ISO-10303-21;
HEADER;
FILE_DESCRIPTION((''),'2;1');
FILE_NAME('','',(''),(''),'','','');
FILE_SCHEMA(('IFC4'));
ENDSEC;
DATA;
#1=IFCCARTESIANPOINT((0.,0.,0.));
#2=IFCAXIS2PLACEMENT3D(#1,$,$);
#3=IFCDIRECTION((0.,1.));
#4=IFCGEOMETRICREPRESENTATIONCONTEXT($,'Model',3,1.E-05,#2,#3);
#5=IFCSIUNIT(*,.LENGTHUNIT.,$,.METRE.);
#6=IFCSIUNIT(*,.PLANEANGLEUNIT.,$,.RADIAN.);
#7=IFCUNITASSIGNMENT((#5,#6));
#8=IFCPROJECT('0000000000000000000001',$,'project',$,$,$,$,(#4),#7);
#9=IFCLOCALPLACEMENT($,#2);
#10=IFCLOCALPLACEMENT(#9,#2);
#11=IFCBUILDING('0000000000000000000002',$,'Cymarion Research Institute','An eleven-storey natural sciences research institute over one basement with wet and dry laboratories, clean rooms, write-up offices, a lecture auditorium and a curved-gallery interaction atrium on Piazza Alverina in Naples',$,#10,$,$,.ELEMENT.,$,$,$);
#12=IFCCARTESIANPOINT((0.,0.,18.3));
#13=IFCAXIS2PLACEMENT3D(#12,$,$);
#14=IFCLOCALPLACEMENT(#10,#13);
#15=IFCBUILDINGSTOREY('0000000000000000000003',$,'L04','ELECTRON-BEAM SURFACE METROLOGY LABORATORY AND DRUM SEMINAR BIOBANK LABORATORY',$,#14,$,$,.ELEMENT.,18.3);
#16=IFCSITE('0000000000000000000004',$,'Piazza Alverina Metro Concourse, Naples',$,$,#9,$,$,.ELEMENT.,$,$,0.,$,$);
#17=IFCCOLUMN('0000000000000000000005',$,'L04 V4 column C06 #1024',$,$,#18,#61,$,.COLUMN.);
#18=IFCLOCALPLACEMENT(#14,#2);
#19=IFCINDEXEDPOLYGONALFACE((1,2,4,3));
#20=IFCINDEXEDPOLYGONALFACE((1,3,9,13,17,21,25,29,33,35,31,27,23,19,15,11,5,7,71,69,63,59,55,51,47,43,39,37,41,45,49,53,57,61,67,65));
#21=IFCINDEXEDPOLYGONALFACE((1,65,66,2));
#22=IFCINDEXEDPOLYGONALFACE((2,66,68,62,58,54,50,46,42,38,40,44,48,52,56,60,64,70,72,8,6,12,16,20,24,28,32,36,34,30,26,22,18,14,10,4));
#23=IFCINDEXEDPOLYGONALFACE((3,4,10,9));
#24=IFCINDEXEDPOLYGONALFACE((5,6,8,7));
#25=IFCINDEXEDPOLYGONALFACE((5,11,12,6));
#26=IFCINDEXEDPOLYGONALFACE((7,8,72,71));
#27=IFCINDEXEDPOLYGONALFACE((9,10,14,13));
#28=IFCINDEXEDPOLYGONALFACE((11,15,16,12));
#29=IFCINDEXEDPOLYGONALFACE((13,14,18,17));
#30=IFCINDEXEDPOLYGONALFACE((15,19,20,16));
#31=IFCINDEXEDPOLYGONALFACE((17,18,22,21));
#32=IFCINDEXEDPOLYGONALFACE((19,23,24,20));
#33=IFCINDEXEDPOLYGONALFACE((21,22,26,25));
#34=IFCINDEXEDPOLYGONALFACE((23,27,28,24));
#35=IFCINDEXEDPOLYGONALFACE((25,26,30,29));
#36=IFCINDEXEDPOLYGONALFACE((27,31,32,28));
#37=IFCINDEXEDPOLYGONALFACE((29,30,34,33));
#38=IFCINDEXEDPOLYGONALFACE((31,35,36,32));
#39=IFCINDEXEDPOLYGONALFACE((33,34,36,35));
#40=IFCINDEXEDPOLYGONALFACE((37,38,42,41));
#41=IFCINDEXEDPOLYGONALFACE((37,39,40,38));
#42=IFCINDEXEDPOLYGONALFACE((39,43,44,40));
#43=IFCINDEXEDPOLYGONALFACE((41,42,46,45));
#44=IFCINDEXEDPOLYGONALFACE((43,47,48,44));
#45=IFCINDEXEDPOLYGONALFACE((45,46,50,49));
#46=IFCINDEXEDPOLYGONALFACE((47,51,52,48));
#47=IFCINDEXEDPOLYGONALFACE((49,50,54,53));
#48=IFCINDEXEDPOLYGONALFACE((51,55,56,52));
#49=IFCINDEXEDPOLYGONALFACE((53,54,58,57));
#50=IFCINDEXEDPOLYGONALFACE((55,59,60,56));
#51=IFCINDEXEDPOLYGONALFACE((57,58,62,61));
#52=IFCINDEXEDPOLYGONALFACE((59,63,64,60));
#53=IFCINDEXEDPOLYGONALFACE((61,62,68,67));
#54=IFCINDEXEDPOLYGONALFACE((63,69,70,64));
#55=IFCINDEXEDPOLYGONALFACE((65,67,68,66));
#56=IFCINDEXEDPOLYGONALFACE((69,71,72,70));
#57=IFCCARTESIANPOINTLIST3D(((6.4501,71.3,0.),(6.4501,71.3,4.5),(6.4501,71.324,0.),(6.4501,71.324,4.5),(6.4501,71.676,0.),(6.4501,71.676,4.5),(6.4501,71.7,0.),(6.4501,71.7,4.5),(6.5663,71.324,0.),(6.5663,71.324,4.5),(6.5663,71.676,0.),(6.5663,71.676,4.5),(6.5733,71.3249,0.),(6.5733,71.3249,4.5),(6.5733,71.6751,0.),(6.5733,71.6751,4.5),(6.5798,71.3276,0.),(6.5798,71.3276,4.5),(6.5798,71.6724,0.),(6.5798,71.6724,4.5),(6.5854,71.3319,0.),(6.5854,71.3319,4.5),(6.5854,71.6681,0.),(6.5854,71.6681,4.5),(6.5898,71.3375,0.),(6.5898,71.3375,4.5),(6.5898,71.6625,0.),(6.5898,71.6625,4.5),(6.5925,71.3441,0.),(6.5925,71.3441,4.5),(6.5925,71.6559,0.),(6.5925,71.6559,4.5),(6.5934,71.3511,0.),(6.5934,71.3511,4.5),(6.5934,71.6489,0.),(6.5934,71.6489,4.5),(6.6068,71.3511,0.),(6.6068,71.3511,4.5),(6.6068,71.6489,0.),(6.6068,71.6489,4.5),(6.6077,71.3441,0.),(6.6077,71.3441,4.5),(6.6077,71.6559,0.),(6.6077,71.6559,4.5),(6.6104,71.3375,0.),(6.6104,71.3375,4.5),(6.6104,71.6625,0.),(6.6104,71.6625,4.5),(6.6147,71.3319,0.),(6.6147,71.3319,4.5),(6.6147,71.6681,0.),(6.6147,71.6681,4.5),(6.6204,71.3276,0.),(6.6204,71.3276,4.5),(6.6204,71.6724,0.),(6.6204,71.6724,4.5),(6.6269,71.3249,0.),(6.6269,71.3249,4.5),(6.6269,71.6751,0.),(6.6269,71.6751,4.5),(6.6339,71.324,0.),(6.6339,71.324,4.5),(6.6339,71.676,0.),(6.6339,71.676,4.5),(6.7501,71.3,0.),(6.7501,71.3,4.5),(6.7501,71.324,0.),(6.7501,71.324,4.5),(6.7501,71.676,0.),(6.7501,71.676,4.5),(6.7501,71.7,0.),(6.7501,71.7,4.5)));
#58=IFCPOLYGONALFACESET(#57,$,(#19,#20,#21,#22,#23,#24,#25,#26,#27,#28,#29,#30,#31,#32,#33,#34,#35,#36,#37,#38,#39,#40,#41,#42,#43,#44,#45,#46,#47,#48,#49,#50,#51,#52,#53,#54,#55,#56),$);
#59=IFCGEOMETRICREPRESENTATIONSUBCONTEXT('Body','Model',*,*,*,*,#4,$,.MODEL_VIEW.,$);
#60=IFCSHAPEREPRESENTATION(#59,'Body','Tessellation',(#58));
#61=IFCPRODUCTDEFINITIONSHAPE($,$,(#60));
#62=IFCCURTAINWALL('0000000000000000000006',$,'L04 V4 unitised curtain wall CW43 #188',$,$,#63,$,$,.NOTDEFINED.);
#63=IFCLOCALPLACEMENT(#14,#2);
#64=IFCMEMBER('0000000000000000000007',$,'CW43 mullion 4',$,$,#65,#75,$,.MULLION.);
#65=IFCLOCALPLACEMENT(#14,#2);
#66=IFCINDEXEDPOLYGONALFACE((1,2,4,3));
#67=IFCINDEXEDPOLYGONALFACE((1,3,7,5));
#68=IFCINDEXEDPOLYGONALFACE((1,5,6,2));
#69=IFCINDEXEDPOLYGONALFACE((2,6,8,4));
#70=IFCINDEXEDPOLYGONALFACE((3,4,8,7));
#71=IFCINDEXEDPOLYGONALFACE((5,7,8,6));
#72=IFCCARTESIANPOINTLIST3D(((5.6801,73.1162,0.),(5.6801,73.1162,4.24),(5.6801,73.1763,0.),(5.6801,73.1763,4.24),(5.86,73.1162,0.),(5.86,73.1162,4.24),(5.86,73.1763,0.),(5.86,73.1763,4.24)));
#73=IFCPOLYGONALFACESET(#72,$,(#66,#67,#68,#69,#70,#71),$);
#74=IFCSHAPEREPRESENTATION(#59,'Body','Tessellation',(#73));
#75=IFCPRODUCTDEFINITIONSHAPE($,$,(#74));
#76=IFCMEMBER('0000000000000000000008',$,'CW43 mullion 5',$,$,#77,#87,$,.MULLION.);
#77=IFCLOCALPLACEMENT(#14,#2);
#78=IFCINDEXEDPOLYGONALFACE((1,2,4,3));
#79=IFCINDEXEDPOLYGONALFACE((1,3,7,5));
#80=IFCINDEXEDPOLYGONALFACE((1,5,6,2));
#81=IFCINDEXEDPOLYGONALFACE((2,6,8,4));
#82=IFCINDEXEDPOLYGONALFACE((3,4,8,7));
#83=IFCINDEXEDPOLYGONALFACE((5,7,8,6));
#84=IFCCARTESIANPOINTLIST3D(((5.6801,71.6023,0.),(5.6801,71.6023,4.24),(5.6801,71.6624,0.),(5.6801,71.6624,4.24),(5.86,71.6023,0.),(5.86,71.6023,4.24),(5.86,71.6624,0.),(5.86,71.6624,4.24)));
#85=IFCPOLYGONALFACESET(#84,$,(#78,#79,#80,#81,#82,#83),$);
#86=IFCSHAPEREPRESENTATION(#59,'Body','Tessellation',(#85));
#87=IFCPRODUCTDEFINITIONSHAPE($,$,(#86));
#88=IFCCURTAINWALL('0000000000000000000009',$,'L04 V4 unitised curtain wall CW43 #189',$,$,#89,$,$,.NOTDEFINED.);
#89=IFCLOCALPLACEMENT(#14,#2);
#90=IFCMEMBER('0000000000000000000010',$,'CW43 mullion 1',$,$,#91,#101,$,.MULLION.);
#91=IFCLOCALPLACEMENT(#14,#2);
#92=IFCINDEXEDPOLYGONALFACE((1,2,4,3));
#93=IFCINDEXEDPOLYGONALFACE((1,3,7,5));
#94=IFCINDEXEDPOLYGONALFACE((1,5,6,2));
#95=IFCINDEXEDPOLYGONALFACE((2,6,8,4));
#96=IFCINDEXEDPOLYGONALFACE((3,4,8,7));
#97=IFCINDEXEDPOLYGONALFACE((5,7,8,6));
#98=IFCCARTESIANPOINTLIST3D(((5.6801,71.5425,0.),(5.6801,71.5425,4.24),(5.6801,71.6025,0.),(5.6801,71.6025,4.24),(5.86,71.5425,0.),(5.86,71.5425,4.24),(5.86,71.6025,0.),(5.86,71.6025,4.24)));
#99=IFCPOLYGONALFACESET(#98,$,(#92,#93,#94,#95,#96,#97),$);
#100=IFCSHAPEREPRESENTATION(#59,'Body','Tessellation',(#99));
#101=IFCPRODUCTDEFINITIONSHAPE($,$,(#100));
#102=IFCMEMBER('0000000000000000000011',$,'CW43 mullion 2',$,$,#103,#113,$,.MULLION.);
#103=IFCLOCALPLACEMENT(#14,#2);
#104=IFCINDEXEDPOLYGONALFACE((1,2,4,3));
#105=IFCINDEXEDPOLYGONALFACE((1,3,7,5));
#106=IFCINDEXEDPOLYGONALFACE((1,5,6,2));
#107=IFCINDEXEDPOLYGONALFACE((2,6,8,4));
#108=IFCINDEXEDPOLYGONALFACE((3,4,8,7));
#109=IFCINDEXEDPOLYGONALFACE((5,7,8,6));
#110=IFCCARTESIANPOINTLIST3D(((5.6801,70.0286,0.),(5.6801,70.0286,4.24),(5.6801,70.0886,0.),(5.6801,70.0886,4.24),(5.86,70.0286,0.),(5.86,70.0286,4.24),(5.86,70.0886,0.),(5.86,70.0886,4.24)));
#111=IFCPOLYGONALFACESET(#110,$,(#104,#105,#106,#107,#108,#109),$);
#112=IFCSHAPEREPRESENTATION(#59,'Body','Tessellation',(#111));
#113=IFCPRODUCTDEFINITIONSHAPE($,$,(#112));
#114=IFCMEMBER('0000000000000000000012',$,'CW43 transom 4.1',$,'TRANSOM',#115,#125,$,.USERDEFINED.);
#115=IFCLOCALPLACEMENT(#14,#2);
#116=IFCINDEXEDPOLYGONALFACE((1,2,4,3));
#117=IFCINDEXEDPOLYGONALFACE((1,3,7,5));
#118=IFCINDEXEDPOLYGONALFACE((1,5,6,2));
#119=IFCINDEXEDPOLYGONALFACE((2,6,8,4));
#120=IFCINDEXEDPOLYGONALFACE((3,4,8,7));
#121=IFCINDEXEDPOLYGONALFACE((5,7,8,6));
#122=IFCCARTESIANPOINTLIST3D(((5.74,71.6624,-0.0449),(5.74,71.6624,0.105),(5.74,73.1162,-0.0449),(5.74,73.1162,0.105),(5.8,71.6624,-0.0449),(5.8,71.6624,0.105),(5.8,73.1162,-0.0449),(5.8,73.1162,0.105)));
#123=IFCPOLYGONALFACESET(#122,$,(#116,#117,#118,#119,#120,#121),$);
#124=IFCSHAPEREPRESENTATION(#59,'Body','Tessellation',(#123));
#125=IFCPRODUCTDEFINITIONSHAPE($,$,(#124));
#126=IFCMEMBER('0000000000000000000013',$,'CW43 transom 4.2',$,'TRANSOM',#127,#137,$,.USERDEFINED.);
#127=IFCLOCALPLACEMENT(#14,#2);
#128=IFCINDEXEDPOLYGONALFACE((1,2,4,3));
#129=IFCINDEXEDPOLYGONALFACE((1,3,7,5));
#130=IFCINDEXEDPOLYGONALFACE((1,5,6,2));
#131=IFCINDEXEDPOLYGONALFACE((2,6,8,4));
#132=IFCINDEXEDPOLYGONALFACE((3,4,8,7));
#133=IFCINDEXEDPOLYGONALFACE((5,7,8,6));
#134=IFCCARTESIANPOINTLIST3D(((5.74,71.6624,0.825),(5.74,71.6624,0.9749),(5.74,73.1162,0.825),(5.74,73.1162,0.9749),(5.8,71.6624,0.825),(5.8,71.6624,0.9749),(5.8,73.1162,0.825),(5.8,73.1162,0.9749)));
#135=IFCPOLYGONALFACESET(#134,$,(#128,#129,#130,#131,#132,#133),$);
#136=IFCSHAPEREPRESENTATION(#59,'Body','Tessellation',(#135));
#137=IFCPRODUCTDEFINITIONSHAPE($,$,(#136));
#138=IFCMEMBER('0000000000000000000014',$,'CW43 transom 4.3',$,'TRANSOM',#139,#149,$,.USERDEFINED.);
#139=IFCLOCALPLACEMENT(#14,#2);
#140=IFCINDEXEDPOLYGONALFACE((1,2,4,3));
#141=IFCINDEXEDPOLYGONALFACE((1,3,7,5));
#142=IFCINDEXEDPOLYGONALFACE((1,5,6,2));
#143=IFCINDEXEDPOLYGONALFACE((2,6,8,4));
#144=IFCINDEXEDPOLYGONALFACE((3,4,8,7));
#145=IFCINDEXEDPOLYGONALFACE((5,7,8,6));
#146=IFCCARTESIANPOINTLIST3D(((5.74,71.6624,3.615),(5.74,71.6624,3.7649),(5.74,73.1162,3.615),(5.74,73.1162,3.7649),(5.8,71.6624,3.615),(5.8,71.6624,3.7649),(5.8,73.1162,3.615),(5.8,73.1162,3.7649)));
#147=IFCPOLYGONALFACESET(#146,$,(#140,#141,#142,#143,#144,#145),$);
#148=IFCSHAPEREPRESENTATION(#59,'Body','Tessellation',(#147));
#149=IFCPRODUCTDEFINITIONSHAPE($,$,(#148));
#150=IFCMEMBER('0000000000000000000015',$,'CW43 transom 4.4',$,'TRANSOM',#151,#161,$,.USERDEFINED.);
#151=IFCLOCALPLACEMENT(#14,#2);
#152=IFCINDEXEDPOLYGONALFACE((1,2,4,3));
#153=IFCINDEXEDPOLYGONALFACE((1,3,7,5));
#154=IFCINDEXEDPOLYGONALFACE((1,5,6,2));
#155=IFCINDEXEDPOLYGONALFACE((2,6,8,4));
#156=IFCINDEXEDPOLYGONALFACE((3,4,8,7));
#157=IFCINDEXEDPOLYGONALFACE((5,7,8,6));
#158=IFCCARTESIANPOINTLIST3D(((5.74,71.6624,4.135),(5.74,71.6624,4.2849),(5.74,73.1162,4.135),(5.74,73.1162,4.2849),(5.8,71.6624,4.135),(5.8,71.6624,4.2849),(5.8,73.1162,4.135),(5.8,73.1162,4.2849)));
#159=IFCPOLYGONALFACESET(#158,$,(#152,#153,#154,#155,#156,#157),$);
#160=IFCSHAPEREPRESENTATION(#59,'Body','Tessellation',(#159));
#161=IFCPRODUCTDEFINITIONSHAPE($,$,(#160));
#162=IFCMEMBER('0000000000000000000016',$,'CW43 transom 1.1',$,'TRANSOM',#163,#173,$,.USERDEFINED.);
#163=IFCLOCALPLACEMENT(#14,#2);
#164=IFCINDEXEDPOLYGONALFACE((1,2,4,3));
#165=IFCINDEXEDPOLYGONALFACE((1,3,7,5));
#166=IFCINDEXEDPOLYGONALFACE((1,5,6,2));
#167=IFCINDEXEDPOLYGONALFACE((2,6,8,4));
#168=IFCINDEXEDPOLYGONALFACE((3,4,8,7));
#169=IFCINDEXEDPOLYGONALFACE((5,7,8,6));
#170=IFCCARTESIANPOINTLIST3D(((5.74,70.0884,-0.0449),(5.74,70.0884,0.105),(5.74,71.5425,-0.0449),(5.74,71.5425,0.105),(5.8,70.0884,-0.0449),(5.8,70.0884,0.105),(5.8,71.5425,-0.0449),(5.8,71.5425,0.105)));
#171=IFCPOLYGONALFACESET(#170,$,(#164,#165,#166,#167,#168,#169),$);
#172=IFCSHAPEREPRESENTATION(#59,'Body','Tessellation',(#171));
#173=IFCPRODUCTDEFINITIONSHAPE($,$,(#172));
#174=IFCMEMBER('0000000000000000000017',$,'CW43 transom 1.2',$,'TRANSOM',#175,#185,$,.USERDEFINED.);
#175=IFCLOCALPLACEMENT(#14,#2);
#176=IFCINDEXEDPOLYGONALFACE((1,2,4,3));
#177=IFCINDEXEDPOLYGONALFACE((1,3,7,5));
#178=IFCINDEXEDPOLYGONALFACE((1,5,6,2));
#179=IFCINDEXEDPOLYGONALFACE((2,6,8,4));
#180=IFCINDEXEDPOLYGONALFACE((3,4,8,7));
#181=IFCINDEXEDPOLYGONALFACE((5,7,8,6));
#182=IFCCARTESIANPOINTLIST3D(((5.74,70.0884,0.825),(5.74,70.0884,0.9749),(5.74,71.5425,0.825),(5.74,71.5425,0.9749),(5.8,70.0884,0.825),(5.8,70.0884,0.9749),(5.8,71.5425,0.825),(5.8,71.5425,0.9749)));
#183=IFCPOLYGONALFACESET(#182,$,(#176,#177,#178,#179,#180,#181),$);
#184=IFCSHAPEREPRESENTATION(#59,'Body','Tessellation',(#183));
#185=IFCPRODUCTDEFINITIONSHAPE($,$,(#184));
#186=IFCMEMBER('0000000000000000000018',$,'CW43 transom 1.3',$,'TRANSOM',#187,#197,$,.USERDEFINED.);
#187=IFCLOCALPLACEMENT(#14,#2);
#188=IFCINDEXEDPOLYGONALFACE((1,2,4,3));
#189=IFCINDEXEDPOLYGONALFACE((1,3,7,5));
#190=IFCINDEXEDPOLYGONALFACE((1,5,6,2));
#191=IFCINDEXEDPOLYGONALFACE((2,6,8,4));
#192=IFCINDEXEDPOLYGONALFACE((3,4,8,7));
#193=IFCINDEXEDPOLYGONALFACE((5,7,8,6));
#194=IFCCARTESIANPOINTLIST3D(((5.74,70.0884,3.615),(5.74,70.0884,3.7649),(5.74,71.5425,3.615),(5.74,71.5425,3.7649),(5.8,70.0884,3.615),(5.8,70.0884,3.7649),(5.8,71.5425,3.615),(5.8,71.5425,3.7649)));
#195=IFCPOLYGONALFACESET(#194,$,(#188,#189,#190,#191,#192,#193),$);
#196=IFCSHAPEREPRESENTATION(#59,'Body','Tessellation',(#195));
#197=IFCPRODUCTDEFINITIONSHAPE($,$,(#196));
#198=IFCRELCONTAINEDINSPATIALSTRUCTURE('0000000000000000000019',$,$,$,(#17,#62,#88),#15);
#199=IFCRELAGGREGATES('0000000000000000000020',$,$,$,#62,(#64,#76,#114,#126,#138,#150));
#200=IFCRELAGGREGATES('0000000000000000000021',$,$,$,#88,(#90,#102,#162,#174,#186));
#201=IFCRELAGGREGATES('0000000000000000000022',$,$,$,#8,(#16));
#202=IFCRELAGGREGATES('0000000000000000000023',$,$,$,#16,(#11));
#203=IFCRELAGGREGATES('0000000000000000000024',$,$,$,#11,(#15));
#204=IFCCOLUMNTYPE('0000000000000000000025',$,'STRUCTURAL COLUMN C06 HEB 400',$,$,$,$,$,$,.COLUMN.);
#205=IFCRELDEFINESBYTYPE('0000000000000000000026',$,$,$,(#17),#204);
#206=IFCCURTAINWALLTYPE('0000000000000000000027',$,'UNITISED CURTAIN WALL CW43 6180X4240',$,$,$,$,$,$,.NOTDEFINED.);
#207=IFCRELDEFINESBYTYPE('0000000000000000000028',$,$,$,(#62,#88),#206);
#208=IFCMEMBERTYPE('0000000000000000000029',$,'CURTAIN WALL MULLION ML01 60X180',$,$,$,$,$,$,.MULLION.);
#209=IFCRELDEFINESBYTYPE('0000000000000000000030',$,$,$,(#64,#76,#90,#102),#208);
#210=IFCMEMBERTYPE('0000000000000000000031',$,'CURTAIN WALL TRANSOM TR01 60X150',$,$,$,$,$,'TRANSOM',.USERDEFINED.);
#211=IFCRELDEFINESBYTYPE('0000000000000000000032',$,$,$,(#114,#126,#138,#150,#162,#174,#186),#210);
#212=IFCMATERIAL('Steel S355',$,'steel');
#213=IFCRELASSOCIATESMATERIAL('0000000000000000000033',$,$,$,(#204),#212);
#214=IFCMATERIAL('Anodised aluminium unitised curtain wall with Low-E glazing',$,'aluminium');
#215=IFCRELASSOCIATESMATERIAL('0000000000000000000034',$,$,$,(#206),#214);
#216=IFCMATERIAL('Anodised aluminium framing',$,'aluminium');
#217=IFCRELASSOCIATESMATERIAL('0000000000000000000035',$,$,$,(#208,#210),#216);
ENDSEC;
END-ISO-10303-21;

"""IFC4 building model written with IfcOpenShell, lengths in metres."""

from ifc_helpers import new_model, si_unit, direction, frame, origin, origin_2d, place, context, subcontext, project, spatial, rectangle, i_section, extrude, material, material_profile, profile_set, type_object, element, aggregate, save


model = new_model("IFC4")

# Units and contexts
model_context = context("Model", 3, precision=1e-05, world=origin(), true_north=direction((0.0, 1.0)))
body_context = subcontext(model_context, "Body", "Model", "MODEL_VIEW")
ifc_project = project(units=[si_unit("LENGTHUNIT", "METRE"), si_unit("PLANEANGLEUNIT", "RADIAN")], contexts=[model_context])

# Site, building, storey
site_placement = place(None, origin())
site = spatial("IfcSite", under=ifc_project, at=site_placement, Name="Piazza Alverina Metro Concourse, Naples", CompositionType="ELEMENT", RefElevation=0.0)
building_placement = place(site_placement, origin())
building = spatial("IfcBuilding", under=site, at=building_placement, Name="Cymarion Research Institute", Description="An eleven-storey natural sciences research institute over one basement with wet and dry laboratories, clean rooms, write-up offices, a lecture auditorium and a curved-gallery interaction atrium on Piazza Alverina in Naples", CompositionType="ELEMENT")
storey_placement = place(building_placement, frame((0.0, 0.0, 18.3)))
storey = spatial("IfcBuildingStorey", under=building, at=storey_placement, Name="L04", Description="ELECTRON-BEAM SURFACE METROLOGY LABORATORY AND DRUM SEMINAR BIOBANK LABORATORY", CompositionType="ELEMENT", Elevation=18.3)

# Column
ifc_material_1 = material(Name="Steel S355", Category="steel")
ifc_material_profile_1 = material_profile(ifc_material_1, i_section(OverallWidth=0.3, OverallDepth=0.3999, WebThickness=0.0134, FlangeThickness=0.0239, FilletRadius=0.0271, at=origin_2d()), Name="HEB 400")
ifc_profile_set_1 = profile_set([ifc_material_profile_1], Name="Steel S355")
column_type = type_object("IfcColumnType", Name="STRUCTURAL COLUMN C06 HEB 400", PredefinedType="COLUMN", material=ifc_profile_set_1)
column_placement = place(storey_placement, frame((6.6001, 71.5, 0.0), z_axis=(0.0, 0.0, 1.0), x_axis=(1.0, 0.0, 0.0)))
element("IfcColumn", 1, at=column_placement, inside=storey, type_object=column_type, Name="L04 V4 column C06 #1024", PredefinedType="COLUMN", context=body_context, shape_type="SweptSolid", body=[
    extrude(i_section(OverallWidth=0.3, OverallDepth=0.3999, WebThickness=0.0134, FlangeThickness=0.0239, FilletRadius=0.0271, at=origin_2d()), origin(), (0.0, 0.0, 1.0), 4.5),
])

# Curtain walls, members
ifc_material_2 = material(Name="Anodised aluminium unitised curtain wall with Low-E glazing", Category="aluminium")
curtain_wall_type = type_object("IfcCurtainWallType", Name="UNITISED CURTAIN WALL CW43 6180X4240", PredefinedType="NOTDEFINED", material=ifc_material_2)
curtain_wall_1_placement = place(storey_placement, origin())
curtain_wall_1 = element("IfcCurtainWall", 2, at=curtain_wall_1_placement, inside=storey, type_object=curtain_wall_type, Name="L04 V4 unitised curtain wall CW43 #188", PredefinedType="NOTDEFINED")
ifc_material_3 = material(Name="Anodised aluminium framing", Category="aluminium")
ifc_material_profile_2 = material_profile(ifc_material_3, rectangle(XDim=0.0601, YDim=0.1799, at=origin_2d()), Name="ALU MULLION 60x180")
ifc_profile_set_2 = profile_set([ifc_material_profile_2], Name="Anodised aluminium framing")
member_type_1 = type_object("IfcMemberType", Name="CURTAIN WALL MULLION ML01 60X180", PredefinedType="MULLION", material=ifc_profile_set_2)
member_1_placement = place(storey_placement, frame((5.77, 73.1462, 0.0), z_axis=(0.0, 0.0, 1.0), x_axis=(0.0, -1.0, 0.0)))
member_1 = element("IfcMember", 3, at=member_1_placement, type_object=member_type_1, Name="CW43 mullion 4", PredefinedType="MULLION", context=body_context, shape_type="SweptSolid", body=[
    extrude(rectangle(XDim=0.0601, YDim=0.1799, at=origin_2d()), origin(), (0.0, 0.0, 1.0), 4.24),
])
member_2_placement = place(storey_placement, frame((5.77, 71.6323, 0.0), z_axis=(0.0, 0.0, 1.0), x_axis=(0.0, -1.0, 0.0)))
member_2 = element("IfcMember", 4, at=member_2_placement, type_object=member_type_1, Name="CW43 mullion 5", PredefinedType="MULLION", context=body_context, shape_type="SweptSolid", body=[
    extrude(rectangle(XDim=0.0601, YDim=0.1799, at=origin_2d()), origin(), (0.0, 0.0, 1.0), 4.24),
])
curtain_wall_2_placement = place(storey_placement, origin())
curtain_wall_2 = element("IfcCurtainWall", 5, at=curtain_wall_2_placement, inside=storey, type_object=curtain_wall_type, Name="L04 V4 unitised curtain wall CW43 #189", PredefinedType="NOTDEFINED")
member_3_placement = place(storey_placement, frame((5.77, 71.5725, 0.0), z_axis=(0.0, 0.0, 1.0), x_axis=(0.0, -1.0, 0.0)))
member_3 = element("IfcMember", 6, at=member_3_placement, type_object=member_type_1, Name="CW43 mullion 1", PredefinedType="MULLION", context=body_context, shape_type="SweptSolid", body=[
    extrude(rectangle(XDim=0.0601, YDim=0.1799, at=origin_2d()), origin(), (0.0, 0.0, 1.0), 4.24),
])
member_4_placement = place(storey_placement, frame((5.77, 70.0586, 0.0), z_axis=(0.0, 0.0, 1.0), x_axis=(0.0, -1.0, 0.0)))
member_4 = element("IfcMember", 7, at=member_4_placement, type_object=member_type_1, Name="CW43 mullion 2", PredefinedType="MULLION", context=body_context, shape_type="SweptSolid", body=[
    extrude(rectangle(XDim=0.0601, YDim=0.1799, at=origin_2d()), origin(), (0.0, 0.0, 1.0), 4.24),
])

# Members
ifc_material_profile_3 = material_profile(ifc_material_3, rectangle(XDim=0.0601, YDim=0.1499, at=origin_2d()), Name="ALU TRANSOM 60x150")
ifc_profile_set_3 = profile_set([ifc_material_profile_3], Name="Anodised aluminium framing")
member_type_2 = type_object("IfcMemberType", Name="CURTAIN WALL TRANSOM TR01 60X150", ElementType="TRANSOM", PredefinedType="USERDEFINED", material=ifc_profile_set_3)
member_5_placement = place(storey_placement, frame((5.77, 73.1162, 0.03), z_axis=(0.0, -1.0, 0.0), x_axis=(1.0, 0.0, 0.0)))
member_5 = element("IfcMember", 8, at=member_5_placement, type_object=member_type_2, Name="CW43 transom 4.1", ObjectType="TRANSOM", PredefinedType="USERDEFINED", context=body_context, shape_type="SweptSolid", body=[
    extrude(rectangle(XDim=0.0601, YDim=0.1499, at=origin_2d()), origin(), (0.0, 0.0, 1.0), 1.4539),
])
member_6_placement = place(storey_placement, frame((5.77, 73.1162, 0.8999), z_axis=(0.0, -1.0, 0.0), x_axis=(1.0, 0.0, 0.0)))
member_6 = element("IfcMember", 9, at=member_6_placement, type_object=member_type_2, Name="CW43 transom 4.2", ObjectType="TRANSOM", PredefinedType="USERDEFINED", context=body_context, shape_type="SweptSolid", body=[
    extrude(rectangle(XDim=0.0601, YDim=0.1499, at=origin_2d()), origin(), (0.0, 0.0, 1.0), 1.4539),
])
member_7_placement = place(storey_placement, frame((5.77, 73.1162, 3.6899), z_axis=(0.0, -1.0, 0.0), x_axis=(1.0, 0.0, 0.0)))
member_7 = element("IfcMember", 10, at=member_7_placement, type_object=member_type_2, Name="CW43 transom 4.3", ObjectType="TRANSOM", PredefinedType="USERDEFINED", context=body_context, shape_type="SweptSolid", body=[
    extrude(rectangle(XDim=0.0601, YDim=0.1499, at=origin_2d()), origin(), (0.0, 0.0, 1.0), 1.4539),
])
member_8_placement = place(storey_placement, frame((5.77, 73.1162, 4.21), z_axis=(0.0, -1.0, 0.0), x_axis=(1.0, 0.0, 0.0)))
member_8 = element("IfcMember", 11, at=member_8_placement, type_object=member_type_2, Name="CW43 transom 4.4", ObjectType="TRANSOM", PredefinedType="USERDEFINED", context=body_context, shape_type="SweptSolid", body=[
    extrude(rectangle(XDim=0.0601, YDim=0.1499, at=origin_2d()), origin(), (0.0, 0.0, 1.0), 1.4539),
])
member_9_placement = place(storey_placement, frame((5.77, 71.5425, 0.03), z_axis=(0.0, -1.0, 0.0), x_axis=(1.0, 0.0, 0.0)))
member_9 = element("IfcMember", 12, at=member_9_placement, type_object=member_type_2, Name="CW43 transom 1.1", ObjectType="TRANSOM", PredefinedType="USERDEFINED", context=body_context, shape_type="SweptSolid", body=[
    extrude(rectangle(XDim=0.0601, YDim=0.1499, at=origin_2d()), origin(), (0.0, 0.0, 1.0), 1.4541),
])
member_10_placement = place(storey_placement, frame((5.77, 71.5425, 0.8999), z_axis=(0.0, -1.0, 0.0), x_axis=(1.0, 0.0, 0.0)))
member_10 = element("IfcMember", 13, at=member_10_placement, type_object=member_type_2, Name="CW43 transom 1.2", ObjectType="TRANSOM", PredefinedType="USERDEFINED", context=body_context, shape_type="SweptSolid", body=[
    extrude(rectangle(XDim=0.0601, YDim=0.1499, at=origin_2d()), origin(), (0.0, 0.0, 1.0), 1.4541),
])
member_11_placement = place(storey_placement, frame((5.77, 71.5425, 3.6899), z_axis=(0.0, -1.0, 0.0), x_axis=(1.0, 0.0, 0.0)))
member_11 = element("IfcMember", 14, at=member_11_placement, type_object=member_type_2, Name="CW43 transom 1.3", ObjectType="TRANSOM", PredefinedType="USERDEFINED", context=body_context, shape_type="SweptSolid", body=[
    extrude(rectangle(XDim=0.0601, YDim=0.1499, at=origin_2d()), origin(), (0.0, 0.0, 1.0), 1.4541),
])

aggregate(curtain_wall_1, [member_1, member_2, member_5, member_6, member_7, member_8])
aggregate(curtain_wall_2, [member_3, member_4, member_9, member_10, member_11])

save(model, "model.ifc")
